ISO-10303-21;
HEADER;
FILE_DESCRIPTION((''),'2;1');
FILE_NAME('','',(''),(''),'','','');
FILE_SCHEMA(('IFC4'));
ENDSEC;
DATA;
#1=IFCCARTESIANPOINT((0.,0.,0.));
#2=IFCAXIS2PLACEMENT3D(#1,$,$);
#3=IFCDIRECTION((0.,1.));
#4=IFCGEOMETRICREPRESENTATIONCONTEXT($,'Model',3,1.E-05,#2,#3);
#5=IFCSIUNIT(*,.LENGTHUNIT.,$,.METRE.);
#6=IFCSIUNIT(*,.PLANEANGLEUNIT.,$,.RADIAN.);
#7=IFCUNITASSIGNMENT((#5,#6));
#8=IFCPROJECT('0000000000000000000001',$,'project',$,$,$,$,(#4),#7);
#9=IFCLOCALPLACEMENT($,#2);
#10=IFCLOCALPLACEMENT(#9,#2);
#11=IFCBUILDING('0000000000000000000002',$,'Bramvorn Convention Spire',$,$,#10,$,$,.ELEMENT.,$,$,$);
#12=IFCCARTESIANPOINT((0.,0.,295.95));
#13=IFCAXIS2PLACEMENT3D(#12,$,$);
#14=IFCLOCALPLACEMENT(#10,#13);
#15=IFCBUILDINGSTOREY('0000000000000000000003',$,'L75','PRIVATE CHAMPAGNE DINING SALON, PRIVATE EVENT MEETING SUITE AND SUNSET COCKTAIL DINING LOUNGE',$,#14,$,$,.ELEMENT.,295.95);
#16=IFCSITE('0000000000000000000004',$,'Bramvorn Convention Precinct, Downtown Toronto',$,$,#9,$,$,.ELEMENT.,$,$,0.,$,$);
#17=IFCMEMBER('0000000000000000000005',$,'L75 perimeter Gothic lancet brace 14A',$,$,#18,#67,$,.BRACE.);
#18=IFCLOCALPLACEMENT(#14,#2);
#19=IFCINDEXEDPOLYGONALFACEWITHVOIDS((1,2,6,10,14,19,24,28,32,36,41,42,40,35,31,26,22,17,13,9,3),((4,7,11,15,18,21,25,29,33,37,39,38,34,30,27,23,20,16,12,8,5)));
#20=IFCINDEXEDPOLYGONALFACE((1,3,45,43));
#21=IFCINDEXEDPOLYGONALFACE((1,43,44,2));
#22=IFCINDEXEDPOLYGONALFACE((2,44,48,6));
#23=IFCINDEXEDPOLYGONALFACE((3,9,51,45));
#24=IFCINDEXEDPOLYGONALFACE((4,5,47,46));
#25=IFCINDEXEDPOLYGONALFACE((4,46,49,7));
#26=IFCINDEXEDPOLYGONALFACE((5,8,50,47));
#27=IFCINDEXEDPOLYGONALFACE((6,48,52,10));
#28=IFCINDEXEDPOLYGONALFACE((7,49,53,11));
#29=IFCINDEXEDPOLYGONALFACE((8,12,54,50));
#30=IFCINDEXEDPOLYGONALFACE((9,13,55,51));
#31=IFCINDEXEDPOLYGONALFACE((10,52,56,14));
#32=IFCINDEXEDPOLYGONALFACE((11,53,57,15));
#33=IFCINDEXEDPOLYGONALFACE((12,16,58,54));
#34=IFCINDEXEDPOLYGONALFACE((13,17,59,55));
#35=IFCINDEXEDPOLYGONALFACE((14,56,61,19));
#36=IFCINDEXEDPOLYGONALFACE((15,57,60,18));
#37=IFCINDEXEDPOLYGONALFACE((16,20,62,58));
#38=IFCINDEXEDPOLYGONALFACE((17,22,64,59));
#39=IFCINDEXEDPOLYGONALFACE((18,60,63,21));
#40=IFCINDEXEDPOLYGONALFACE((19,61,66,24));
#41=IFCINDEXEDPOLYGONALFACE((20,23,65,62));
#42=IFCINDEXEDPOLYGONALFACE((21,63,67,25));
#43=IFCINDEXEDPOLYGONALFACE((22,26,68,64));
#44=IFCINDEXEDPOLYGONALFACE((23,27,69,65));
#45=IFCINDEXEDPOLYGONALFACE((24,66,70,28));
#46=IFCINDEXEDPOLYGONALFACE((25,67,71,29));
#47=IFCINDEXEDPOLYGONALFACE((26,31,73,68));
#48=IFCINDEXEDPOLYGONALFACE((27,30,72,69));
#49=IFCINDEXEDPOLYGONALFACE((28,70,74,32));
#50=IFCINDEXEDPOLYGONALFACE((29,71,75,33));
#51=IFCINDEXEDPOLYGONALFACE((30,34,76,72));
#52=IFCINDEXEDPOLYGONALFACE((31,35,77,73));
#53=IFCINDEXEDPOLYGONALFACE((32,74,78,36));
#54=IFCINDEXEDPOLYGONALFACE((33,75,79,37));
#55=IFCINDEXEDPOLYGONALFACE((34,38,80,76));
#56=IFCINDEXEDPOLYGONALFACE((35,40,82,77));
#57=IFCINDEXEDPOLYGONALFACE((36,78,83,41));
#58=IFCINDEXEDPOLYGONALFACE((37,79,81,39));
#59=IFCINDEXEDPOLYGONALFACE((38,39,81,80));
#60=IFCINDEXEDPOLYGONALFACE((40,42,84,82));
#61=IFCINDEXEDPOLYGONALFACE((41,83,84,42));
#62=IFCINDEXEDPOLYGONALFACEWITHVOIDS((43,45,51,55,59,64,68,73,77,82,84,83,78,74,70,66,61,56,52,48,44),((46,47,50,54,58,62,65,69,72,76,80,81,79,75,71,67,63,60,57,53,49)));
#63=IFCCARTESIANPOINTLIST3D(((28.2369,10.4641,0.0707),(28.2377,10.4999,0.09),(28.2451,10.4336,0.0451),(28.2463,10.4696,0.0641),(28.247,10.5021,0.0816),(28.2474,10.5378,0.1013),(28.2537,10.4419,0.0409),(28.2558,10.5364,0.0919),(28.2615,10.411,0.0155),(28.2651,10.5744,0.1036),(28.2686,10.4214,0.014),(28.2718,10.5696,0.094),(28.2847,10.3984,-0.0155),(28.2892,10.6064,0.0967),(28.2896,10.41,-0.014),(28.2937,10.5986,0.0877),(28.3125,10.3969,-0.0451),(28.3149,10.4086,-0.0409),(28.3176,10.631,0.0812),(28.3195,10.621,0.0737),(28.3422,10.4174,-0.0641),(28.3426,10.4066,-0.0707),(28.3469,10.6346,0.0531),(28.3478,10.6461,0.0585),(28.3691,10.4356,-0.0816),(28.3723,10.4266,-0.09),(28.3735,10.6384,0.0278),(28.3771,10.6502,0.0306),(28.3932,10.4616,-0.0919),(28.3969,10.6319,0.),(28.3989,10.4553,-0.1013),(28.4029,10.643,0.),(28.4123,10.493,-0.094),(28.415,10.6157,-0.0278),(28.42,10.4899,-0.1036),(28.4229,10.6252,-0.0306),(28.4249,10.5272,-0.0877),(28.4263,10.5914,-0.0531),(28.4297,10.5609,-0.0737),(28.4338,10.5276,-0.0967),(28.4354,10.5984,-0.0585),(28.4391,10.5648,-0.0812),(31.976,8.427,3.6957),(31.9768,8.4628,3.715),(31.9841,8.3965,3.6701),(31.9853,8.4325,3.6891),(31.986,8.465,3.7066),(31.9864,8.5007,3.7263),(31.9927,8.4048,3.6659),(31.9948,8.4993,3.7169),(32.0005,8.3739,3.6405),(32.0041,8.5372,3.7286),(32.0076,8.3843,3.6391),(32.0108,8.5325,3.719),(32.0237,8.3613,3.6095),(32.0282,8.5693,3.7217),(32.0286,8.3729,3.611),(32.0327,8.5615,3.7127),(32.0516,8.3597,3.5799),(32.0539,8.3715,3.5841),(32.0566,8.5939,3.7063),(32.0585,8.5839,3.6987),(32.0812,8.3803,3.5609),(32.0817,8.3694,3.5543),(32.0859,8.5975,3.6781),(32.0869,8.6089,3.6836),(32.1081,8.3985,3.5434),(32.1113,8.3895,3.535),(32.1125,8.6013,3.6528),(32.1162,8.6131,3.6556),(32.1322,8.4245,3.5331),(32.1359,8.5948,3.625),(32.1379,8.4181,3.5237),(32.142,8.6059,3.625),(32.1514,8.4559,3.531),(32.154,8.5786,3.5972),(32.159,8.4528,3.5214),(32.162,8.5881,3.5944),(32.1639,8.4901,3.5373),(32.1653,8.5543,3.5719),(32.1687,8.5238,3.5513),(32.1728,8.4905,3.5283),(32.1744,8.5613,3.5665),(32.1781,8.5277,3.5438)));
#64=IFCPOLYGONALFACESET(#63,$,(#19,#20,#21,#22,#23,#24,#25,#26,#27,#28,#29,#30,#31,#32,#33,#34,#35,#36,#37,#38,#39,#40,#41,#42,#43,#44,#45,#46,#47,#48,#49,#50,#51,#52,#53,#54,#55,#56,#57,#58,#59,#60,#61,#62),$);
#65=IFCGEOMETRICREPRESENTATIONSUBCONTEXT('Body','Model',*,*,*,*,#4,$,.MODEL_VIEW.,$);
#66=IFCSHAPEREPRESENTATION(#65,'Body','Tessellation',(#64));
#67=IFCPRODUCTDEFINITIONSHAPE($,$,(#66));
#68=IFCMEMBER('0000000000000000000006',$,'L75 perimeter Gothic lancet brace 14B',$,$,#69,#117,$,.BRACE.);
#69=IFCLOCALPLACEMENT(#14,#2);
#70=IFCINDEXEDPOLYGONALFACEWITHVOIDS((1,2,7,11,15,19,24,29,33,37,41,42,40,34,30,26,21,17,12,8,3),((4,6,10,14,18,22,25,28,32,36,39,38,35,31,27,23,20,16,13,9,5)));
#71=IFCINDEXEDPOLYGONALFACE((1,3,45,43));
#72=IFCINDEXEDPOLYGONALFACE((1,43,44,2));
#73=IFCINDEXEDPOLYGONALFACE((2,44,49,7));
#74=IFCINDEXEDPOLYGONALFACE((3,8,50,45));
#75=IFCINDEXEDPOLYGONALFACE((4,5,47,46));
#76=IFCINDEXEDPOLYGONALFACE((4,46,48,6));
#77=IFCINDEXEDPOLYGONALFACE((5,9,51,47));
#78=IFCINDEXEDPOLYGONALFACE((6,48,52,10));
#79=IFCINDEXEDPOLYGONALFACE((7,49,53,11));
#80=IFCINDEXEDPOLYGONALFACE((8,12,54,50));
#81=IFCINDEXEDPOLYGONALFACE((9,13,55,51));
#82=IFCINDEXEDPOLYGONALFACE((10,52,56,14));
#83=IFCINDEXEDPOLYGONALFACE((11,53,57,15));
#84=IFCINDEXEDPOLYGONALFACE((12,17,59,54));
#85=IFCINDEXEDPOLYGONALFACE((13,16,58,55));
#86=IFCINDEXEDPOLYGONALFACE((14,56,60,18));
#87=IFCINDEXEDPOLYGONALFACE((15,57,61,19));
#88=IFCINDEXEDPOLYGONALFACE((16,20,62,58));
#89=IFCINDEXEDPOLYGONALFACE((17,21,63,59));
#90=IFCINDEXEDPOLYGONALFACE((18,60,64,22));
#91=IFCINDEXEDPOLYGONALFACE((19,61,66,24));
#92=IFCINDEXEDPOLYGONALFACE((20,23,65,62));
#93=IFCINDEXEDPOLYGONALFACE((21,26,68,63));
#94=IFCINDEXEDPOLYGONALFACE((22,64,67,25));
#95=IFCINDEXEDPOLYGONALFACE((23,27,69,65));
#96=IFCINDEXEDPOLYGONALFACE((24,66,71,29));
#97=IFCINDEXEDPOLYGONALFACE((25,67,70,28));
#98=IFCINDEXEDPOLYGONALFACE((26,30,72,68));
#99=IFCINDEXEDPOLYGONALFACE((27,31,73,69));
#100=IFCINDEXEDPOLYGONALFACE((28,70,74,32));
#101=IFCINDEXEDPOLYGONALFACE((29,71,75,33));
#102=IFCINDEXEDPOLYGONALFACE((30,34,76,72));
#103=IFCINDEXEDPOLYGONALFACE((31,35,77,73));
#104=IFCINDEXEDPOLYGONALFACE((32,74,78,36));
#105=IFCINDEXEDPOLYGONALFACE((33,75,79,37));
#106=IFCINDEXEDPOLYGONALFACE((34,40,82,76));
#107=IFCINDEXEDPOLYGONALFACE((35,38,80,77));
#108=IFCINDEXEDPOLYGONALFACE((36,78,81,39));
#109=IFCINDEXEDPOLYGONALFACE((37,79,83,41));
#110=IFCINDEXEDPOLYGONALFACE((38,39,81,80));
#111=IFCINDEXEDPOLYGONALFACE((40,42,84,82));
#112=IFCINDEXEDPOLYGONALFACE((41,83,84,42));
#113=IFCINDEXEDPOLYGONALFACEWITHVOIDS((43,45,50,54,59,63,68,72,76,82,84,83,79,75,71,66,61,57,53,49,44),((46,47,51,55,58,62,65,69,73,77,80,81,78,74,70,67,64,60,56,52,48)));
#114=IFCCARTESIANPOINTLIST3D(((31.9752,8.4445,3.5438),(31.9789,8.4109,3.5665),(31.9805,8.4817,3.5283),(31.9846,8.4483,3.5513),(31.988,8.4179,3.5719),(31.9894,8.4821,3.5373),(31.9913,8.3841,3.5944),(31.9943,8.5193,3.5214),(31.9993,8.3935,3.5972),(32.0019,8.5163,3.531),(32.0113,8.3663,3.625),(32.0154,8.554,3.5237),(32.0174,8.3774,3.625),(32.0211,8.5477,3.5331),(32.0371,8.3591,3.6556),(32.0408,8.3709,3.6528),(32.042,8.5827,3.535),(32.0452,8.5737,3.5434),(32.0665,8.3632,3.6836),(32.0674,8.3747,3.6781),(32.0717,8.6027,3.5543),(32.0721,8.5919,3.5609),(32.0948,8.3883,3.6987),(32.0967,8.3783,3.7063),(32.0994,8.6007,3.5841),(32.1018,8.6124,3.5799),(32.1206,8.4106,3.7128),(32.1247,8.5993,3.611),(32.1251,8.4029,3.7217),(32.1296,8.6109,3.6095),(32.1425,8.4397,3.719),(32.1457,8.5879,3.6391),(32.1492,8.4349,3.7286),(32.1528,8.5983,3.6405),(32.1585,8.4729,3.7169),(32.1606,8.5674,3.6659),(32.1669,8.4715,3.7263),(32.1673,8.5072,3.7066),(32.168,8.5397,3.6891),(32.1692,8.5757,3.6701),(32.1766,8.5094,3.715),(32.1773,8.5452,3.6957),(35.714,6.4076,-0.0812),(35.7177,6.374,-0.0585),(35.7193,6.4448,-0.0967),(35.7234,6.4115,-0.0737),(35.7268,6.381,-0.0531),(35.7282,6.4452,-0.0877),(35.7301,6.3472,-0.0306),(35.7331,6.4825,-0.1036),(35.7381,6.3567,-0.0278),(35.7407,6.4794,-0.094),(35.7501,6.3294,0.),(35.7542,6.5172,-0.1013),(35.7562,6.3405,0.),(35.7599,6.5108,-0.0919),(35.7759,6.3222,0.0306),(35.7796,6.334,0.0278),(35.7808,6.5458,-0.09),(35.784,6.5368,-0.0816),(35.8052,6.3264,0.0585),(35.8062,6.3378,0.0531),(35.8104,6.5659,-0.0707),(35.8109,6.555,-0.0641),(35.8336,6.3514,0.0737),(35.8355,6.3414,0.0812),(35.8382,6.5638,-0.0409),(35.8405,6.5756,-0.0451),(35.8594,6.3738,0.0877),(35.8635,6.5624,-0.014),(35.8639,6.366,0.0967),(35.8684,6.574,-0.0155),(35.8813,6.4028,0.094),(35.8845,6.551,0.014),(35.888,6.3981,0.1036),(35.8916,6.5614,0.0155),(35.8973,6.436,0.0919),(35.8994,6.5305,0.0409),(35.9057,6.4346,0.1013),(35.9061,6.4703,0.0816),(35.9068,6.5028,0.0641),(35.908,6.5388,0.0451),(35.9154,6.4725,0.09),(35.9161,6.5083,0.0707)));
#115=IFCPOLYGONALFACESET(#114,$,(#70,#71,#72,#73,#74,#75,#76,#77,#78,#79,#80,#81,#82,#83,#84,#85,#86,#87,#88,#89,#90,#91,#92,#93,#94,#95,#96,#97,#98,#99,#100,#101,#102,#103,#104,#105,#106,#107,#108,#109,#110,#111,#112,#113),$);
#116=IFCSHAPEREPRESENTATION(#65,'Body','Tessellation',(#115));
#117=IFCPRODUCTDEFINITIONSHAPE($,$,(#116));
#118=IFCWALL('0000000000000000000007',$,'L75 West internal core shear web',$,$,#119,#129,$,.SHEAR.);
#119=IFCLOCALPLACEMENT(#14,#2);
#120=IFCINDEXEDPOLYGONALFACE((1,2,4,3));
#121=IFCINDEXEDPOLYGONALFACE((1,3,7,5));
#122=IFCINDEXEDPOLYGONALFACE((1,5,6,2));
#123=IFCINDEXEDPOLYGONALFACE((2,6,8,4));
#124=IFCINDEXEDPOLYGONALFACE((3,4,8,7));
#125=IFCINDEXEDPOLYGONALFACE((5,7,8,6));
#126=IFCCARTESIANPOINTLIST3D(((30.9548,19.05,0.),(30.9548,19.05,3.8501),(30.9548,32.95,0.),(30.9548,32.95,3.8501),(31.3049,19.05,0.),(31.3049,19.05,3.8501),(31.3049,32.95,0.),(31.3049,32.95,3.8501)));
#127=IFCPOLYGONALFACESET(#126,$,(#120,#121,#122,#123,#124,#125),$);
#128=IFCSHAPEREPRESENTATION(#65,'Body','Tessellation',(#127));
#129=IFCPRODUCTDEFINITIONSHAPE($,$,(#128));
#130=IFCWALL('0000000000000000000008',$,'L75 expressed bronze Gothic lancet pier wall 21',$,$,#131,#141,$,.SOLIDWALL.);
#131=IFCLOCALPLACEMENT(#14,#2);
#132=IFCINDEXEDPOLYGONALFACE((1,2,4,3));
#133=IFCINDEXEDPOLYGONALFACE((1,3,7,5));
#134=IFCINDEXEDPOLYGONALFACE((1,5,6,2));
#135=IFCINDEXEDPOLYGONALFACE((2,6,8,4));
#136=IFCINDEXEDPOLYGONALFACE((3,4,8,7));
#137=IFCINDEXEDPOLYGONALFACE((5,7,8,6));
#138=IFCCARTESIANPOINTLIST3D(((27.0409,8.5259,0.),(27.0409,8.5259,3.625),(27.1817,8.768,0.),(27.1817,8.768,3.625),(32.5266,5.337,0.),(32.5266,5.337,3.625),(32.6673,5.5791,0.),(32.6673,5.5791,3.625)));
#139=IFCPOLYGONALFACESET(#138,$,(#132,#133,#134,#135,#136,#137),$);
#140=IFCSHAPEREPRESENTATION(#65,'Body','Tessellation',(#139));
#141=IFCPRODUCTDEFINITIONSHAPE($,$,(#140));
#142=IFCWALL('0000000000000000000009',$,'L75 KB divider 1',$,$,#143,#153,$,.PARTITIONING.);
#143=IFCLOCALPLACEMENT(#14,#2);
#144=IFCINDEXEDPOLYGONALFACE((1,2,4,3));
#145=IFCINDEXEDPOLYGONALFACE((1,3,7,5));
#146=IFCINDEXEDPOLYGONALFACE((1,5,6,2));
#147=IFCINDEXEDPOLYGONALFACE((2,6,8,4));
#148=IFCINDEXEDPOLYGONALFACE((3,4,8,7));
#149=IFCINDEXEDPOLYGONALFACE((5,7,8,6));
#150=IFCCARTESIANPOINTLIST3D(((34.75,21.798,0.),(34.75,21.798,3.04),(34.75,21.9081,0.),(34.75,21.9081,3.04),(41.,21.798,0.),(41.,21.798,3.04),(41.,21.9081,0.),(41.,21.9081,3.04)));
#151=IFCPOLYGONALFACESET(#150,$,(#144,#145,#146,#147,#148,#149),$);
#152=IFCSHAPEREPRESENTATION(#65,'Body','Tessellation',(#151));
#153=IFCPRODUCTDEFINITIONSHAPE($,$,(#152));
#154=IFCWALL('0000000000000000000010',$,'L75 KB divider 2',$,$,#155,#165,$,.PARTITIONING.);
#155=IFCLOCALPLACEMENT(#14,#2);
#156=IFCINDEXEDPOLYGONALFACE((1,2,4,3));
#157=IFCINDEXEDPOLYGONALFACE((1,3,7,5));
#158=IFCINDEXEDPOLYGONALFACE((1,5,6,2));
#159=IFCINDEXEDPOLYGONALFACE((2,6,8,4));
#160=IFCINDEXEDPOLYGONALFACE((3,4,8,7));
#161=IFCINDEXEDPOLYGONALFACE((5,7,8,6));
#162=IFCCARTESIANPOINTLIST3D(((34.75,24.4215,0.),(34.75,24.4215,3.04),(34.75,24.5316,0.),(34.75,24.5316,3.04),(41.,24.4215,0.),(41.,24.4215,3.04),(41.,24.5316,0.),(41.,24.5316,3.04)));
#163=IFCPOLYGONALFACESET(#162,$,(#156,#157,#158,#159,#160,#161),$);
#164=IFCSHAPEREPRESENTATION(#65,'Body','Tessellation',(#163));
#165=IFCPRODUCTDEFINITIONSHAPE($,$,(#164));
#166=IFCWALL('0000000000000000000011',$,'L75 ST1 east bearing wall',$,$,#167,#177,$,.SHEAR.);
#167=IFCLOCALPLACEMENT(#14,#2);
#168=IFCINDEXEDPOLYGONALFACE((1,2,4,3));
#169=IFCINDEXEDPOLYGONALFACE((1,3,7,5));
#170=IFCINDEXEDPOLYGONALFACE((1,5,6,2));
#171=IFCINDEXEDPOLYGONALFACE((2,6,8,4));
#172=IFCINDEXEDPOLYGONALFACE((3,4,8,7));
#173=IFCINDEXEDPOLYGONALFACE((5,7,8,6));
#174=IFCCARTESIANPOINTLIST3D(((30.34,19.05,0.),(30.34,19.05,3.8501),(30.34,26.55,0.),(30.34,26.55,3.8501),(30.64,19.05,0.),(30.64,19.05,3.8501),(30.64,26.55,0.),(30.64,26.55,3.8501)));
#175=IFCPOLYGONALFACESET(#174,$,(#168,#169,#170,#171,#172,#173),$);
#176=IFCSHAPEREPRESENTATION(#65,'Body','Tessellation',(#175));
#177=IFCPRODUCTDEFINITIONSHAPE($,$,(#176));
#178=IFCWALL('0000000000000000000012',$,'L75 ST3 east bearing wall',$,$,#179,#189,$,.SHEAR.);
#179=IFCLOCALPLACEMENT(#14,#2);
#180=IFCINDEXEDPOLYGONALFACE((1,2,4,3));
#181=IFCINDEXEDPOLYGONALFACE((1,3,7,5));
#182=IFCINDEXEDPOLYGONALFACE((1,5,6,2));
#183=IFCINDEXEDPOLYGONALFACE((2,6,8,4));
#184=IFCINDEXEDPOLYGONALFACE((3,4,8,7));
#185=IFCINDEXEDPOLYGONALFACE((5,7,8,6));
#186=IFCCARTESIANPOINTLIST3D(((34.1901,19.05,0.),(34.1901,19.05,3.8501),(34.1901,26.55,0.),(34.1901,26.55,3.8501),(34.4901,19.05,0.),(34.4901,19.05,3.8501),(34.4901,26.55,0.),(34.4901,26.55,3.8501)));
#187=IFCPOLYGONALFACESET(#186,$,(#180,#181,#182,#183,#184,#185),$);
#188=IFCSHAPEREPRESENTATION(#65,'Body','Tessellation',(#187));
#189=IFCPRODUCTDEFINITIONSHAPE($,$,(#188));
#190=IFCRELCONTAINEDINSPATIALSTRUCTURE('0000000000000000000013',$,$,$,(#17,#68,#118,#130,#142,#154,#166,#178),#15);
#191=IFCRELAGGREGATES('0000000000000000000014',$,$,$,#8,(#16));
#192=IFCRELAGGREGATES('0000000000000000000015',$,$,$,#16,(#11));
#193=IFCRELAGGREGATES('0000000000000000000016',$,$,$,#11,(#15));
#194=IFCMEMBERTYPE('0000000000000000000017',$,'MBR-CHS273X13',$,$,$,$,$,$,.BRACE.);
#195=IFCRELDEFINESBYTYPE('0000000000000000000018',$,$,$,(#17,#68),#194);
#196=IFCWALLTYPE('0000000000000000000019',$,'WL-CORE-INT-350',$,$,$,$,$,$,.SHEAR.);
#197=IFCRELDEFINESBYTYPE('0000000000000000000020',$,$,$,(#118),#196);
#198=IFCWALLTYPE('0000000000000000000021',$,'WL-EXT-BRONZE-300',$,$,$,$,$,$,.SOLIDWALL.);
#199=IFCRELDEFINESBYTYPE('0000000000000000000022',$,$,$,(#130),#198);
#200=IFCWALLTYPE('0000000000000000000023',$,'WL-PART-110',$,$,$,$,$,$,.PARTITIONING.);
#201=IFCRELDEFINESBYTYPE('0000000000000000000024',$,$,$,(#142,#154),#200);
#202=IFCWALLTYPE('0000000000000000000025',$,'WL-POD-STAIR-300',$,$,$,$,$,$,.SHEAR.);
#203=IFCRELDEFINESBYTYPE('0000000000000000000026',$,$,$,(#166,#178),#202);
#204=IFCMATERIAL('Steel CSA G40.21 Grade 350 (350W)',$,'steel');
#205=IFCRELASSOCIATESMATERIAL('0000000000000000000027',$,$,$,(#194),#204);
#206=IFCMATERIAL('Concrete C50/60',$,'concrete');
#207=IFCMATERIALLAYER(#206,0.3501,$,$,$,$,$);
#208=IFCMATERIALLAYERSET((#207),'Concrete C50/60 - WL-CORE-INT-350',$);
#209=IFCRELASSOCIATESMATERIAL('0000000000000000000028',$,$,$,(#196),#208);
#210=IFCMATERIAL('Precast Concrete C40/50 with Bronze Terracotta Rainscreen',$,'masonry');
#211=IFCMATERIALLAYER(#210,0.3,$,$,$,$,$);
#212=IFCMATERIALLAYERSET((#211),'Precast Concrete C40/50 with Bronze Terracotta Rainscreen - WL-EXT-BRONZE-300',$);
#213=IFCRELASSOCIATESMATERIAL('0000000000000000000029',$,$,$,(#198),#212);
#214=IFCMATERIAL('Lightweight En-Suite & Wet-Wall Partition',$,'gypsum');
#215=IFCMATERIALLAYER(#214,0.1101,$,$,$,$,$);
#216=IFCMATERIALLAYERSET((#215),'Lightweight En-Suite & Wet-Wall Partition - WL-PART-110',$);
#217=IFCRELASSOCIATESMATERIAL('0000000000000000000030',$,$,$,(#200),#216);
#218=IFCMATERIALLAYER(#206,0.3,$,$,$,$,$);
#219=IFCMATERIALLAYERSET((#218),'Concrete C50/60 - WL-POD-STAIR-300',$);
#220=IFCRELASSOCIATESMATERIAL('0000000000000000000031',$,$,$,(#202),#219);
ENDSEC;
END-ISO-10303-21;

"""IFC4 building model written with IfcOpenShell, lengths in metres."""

from ifc_helpers import new_model, si_unit, direction, frame, frame_2d, origin, origin_2d, place, context, subcontext, project, spatial, rectangle, hollow_circle, extrude, material, layer, layer_set, material_profile, profile_set, type_object, element, save


model = new_model("IFC4")

# Units and contexts
model_context = context("Model", 3, precision=1e-05, world=origin(), true_north=direction((0.0, 1.0)))
body_context = subcontext(model_context, "Body", "Model", "MODEL_VIEW")
ifc_project = project(units=[si_unit("LENGTHUNIT", "METRE"), si_unit("PLANEANGLEUNIT", "RADIAN")], contexts=[model_context])

# Site, building, storey
site_placement = place(None, origin())
site = spatial("IfcSite", under=ifc_project, at=site_placement, Name="Bramvorn Convention Precinct, Downtown Toronto", CompositionType="ELEMENT", RefElevation=0.0)
building_placement = place(site_placement, origin())
building = spatial("IfcBuilding", under=site, at=building_placement, Name="Bramvorn Convention Spire", CompositionType="ELEMENT")
storey_placement = place(building_placement, frame((0.0, 0.0, 295.95)))
storey = spatial("IfcBuildingStorey", under=building, at=storey_placement, Name="L75", Description="PRIVATE CHAMPAGNE DINING SALON, PRIVATE EVENT MEETING SUITE AND SUNSET COCKTAIL DINING LOUNGE", CompositionType="ELEMENT", Elevation=295.95)

# Shared definitions
ifc_material_1 = material(Name="Steel CSA G40.21 Grade 350 (350W)", Category="steel")

# Members
ifc_material_profile_1 = material_profile(ifc_material_1, hollow_circle(Radius=0.1365, WallThickness=0.0127, at=origin_2d()))
ifc_profile_set_1 = profile_set([ifc_material_profile_1], Name="Steel CSA G40.21 Grade 350 (350W) - CHS273X13")
member_type = type_object("IfcMemberType", Name="MBR-CHS273X13", PredefinedType="BRACE", material=ifc_profile_set_1)
member_1_placement = place(storey_placement, frame((28.3376, 10.5232, 0.0), z_axis=(0.668634, -0.364289, 0.648245), x_axis=(0.478426, 0.878128, 0.0)))
element("IfcMember", 1, at=member_1_placement, inside=storey, type_object=member_type, Name="L75 perimeter Gothic lancet brace 14A", PredefinedType="BRACE", context=body_context, shape_type="SweptSolid", body=[
    extrude(hollow_circle(Radius=0.1365, WallThickness=0.0127, at=origin_2d()), origin(), (0.0, 0.0, 1.0), 5.592),
])
member_2_placement = place(storey_placement, frame((35.8154, 6.4492, 0.0), z_axis=(-0.668621, 0.364262, 0.648275), x_axis=(-0.478406, -0.878139, 0.0)))
element("IfcMember", 2, at=member_2_placement, inside=storey, type_object=member_type, Name="L75 perimeter Gothic lancet brace 14B", PredefinedType="BRACE", context=body_context, shape_type="SweptSolid", body=[
    extrude(hollow_circle(Radius=0.1365, WallThickness=0.0127, at=origin_2d()), origin(), (0.0, 0.0, 1.0), 5.5918),
])

# Walls
ifc_material_2 = material(Name="Concrete C50/60", Category="concrete")
ifc_layer_1 = layer(ifc_material_2, 0.3501)
ifc_layer_set_1 = layer_set([ifc_layer_1], Name="Concrete C50/60 - WL-CORE-INT-350")
wall_type_1 = type_object("IfcWallType", Name="WL-CORE-INT-350", PredefinedType="SHEAR", material=ifc_layer_set_1)
wall_1_placement = place(storey_placement, frame((31.1299, 19.05, 0.0), z_axis=(0.0, 0.0, 1.0), x_axis=(0.0, 1.0, 0.0)))
element("IfcWall", 3, at=wall_1_placement, inside=storey, type_object=wall_type_1, Name="L75 West internal core shear web", PredefinedType="SHEAR", context=body_context, shape_type="SweptSolid", body=[
    extrude(rectangle(XDim=13.8999, YDim=0.3501, at=frame_2d((6.95, 0.0))), origin(), (0.0, 0.0, 1.0), 3.8501),
])
ifc_material_3 = material(Name="Precast Concrete C40/50 with Bronze Terracotta Rainscreen", Category="masonry")
ifc_layer_2 = layer(ifc_material_3, 0.3)
ifc_layer_set_2 = layer_set([ifc_layer_2], Name="Precast Concrete C40/50 with Bronze Terracotta Rainscreen - WL-EXT-BRONZE-300")
wall_type_2 = type_object("IfcWallType", Name="WL-EXT-BRONZE-300", PredefinedType="SOLIDWALL", material=ifc_layer_set_2)
wall_2_placement = place(storey_placement, frame((32.5969, 5.458, 0.0), z_axis=(0.0, 0.0, 1.0), x_axis=(-0.86453, 0.502581, 0.0)))
element("IfcWall", 4, at=wall_2_placement, inside=storey, type_object=wall_type_2, Name="L75 expressed bronze Gothic lancet pier wall 21", PredefinedType="SOLIDWALL", context=body_context, shape_type="SweptSolid", body=[
    extrude(rectangle(XDim=6.3452, YDim=0.28, at=frame_2d((3.1726, 0.0))), origin(), (0.0, 0.0, 1.0), 3.625),
])
ifc_material_4 = material(Name="Lightweight En-Suite & Wet-Wall Partition", Category="gypsum")
ifc_layer_3 = layer(ifc_material_4, 0.1101)
ifc_layer_set_3 = layer_set([ifc_layer_3], Name="Lightweight En-Suite & Wet-Wall Partition - WL-PART-110")
wall_type_3 = type_object("IfcWallType", Name="WL-PART-110", PredefinedType="PARTITIONING", material=ifc_layer_set_3)
for number, where, z_axis, x_axis, name in (
    (5, (34.75, 21.853, 0.0), (0.0, 0.0, 1.0), (1.0, 0.0, 0.0), "L75 KB divider 1"),
    (6, (34.75, 24.4766, 0.0), (0.0, 0.0, 1.0), (1.0, 0.0, 0.0), "L75 KB divider 2"),
):
    element("IfcWall", number, at=place(storey_placement, frame(where, z_axis=z_axis, x_axis=x_axis)), inside=storey, type_object=wall_type_3, Name=name, PredefinedType="PARTITIONING", context=body_context, shape_type="SweptSolid", body=[
        extrude(rectangle(XDim=6.25, YDim=0.1101, at=frame_2d((3.125, 0.0))), origin(), (0.0, 0.0, 1.0), 3.04),
    ])
ifc_layer_4 = layer(ifc_material_2, 0.3)
ifc_layer_set_4 = layer_set([ifc_layer_4], Name="Concrete C50/60 - WL-POD-STAIR-300")
wall_type_4 = type_object("IfcWallType", Name="WL-POD-STAIR-300", PredefinedType="SHEAR", material=ifc_layer_set_4)
for number, where, z_axis, x_axis, name in (
    (7, (30.49, 19.05, 0.0), (0.0, 0.0, 1.0), (0.0, 1.0, 0.0), "L75 ST1 east bearing wall"),
    (8, (34.3401, 19.05, 0.0), (0.0, 0.0, 1.0), (0.0, 1.0, 0.0), "L75 ST3 east bearing wall"),
):
    element("IfcWall", number, at=place(storey_placement, frame(where, z_axis=z_axis, x_axis=x_axis)), inside=storey, type_object=wall_type_4, Name=name, PredefinedType="SHEAR", context=body_context, shape_type="SweptSolid", body=[
        extrude(rectangle(XDim=7.5, YDim=0.3, at=frame_2d((3.75, 0.0))), origin(), (0.0, 0.0, 1.0), 3.8501),
    ])

save(model, "model.ifc")
